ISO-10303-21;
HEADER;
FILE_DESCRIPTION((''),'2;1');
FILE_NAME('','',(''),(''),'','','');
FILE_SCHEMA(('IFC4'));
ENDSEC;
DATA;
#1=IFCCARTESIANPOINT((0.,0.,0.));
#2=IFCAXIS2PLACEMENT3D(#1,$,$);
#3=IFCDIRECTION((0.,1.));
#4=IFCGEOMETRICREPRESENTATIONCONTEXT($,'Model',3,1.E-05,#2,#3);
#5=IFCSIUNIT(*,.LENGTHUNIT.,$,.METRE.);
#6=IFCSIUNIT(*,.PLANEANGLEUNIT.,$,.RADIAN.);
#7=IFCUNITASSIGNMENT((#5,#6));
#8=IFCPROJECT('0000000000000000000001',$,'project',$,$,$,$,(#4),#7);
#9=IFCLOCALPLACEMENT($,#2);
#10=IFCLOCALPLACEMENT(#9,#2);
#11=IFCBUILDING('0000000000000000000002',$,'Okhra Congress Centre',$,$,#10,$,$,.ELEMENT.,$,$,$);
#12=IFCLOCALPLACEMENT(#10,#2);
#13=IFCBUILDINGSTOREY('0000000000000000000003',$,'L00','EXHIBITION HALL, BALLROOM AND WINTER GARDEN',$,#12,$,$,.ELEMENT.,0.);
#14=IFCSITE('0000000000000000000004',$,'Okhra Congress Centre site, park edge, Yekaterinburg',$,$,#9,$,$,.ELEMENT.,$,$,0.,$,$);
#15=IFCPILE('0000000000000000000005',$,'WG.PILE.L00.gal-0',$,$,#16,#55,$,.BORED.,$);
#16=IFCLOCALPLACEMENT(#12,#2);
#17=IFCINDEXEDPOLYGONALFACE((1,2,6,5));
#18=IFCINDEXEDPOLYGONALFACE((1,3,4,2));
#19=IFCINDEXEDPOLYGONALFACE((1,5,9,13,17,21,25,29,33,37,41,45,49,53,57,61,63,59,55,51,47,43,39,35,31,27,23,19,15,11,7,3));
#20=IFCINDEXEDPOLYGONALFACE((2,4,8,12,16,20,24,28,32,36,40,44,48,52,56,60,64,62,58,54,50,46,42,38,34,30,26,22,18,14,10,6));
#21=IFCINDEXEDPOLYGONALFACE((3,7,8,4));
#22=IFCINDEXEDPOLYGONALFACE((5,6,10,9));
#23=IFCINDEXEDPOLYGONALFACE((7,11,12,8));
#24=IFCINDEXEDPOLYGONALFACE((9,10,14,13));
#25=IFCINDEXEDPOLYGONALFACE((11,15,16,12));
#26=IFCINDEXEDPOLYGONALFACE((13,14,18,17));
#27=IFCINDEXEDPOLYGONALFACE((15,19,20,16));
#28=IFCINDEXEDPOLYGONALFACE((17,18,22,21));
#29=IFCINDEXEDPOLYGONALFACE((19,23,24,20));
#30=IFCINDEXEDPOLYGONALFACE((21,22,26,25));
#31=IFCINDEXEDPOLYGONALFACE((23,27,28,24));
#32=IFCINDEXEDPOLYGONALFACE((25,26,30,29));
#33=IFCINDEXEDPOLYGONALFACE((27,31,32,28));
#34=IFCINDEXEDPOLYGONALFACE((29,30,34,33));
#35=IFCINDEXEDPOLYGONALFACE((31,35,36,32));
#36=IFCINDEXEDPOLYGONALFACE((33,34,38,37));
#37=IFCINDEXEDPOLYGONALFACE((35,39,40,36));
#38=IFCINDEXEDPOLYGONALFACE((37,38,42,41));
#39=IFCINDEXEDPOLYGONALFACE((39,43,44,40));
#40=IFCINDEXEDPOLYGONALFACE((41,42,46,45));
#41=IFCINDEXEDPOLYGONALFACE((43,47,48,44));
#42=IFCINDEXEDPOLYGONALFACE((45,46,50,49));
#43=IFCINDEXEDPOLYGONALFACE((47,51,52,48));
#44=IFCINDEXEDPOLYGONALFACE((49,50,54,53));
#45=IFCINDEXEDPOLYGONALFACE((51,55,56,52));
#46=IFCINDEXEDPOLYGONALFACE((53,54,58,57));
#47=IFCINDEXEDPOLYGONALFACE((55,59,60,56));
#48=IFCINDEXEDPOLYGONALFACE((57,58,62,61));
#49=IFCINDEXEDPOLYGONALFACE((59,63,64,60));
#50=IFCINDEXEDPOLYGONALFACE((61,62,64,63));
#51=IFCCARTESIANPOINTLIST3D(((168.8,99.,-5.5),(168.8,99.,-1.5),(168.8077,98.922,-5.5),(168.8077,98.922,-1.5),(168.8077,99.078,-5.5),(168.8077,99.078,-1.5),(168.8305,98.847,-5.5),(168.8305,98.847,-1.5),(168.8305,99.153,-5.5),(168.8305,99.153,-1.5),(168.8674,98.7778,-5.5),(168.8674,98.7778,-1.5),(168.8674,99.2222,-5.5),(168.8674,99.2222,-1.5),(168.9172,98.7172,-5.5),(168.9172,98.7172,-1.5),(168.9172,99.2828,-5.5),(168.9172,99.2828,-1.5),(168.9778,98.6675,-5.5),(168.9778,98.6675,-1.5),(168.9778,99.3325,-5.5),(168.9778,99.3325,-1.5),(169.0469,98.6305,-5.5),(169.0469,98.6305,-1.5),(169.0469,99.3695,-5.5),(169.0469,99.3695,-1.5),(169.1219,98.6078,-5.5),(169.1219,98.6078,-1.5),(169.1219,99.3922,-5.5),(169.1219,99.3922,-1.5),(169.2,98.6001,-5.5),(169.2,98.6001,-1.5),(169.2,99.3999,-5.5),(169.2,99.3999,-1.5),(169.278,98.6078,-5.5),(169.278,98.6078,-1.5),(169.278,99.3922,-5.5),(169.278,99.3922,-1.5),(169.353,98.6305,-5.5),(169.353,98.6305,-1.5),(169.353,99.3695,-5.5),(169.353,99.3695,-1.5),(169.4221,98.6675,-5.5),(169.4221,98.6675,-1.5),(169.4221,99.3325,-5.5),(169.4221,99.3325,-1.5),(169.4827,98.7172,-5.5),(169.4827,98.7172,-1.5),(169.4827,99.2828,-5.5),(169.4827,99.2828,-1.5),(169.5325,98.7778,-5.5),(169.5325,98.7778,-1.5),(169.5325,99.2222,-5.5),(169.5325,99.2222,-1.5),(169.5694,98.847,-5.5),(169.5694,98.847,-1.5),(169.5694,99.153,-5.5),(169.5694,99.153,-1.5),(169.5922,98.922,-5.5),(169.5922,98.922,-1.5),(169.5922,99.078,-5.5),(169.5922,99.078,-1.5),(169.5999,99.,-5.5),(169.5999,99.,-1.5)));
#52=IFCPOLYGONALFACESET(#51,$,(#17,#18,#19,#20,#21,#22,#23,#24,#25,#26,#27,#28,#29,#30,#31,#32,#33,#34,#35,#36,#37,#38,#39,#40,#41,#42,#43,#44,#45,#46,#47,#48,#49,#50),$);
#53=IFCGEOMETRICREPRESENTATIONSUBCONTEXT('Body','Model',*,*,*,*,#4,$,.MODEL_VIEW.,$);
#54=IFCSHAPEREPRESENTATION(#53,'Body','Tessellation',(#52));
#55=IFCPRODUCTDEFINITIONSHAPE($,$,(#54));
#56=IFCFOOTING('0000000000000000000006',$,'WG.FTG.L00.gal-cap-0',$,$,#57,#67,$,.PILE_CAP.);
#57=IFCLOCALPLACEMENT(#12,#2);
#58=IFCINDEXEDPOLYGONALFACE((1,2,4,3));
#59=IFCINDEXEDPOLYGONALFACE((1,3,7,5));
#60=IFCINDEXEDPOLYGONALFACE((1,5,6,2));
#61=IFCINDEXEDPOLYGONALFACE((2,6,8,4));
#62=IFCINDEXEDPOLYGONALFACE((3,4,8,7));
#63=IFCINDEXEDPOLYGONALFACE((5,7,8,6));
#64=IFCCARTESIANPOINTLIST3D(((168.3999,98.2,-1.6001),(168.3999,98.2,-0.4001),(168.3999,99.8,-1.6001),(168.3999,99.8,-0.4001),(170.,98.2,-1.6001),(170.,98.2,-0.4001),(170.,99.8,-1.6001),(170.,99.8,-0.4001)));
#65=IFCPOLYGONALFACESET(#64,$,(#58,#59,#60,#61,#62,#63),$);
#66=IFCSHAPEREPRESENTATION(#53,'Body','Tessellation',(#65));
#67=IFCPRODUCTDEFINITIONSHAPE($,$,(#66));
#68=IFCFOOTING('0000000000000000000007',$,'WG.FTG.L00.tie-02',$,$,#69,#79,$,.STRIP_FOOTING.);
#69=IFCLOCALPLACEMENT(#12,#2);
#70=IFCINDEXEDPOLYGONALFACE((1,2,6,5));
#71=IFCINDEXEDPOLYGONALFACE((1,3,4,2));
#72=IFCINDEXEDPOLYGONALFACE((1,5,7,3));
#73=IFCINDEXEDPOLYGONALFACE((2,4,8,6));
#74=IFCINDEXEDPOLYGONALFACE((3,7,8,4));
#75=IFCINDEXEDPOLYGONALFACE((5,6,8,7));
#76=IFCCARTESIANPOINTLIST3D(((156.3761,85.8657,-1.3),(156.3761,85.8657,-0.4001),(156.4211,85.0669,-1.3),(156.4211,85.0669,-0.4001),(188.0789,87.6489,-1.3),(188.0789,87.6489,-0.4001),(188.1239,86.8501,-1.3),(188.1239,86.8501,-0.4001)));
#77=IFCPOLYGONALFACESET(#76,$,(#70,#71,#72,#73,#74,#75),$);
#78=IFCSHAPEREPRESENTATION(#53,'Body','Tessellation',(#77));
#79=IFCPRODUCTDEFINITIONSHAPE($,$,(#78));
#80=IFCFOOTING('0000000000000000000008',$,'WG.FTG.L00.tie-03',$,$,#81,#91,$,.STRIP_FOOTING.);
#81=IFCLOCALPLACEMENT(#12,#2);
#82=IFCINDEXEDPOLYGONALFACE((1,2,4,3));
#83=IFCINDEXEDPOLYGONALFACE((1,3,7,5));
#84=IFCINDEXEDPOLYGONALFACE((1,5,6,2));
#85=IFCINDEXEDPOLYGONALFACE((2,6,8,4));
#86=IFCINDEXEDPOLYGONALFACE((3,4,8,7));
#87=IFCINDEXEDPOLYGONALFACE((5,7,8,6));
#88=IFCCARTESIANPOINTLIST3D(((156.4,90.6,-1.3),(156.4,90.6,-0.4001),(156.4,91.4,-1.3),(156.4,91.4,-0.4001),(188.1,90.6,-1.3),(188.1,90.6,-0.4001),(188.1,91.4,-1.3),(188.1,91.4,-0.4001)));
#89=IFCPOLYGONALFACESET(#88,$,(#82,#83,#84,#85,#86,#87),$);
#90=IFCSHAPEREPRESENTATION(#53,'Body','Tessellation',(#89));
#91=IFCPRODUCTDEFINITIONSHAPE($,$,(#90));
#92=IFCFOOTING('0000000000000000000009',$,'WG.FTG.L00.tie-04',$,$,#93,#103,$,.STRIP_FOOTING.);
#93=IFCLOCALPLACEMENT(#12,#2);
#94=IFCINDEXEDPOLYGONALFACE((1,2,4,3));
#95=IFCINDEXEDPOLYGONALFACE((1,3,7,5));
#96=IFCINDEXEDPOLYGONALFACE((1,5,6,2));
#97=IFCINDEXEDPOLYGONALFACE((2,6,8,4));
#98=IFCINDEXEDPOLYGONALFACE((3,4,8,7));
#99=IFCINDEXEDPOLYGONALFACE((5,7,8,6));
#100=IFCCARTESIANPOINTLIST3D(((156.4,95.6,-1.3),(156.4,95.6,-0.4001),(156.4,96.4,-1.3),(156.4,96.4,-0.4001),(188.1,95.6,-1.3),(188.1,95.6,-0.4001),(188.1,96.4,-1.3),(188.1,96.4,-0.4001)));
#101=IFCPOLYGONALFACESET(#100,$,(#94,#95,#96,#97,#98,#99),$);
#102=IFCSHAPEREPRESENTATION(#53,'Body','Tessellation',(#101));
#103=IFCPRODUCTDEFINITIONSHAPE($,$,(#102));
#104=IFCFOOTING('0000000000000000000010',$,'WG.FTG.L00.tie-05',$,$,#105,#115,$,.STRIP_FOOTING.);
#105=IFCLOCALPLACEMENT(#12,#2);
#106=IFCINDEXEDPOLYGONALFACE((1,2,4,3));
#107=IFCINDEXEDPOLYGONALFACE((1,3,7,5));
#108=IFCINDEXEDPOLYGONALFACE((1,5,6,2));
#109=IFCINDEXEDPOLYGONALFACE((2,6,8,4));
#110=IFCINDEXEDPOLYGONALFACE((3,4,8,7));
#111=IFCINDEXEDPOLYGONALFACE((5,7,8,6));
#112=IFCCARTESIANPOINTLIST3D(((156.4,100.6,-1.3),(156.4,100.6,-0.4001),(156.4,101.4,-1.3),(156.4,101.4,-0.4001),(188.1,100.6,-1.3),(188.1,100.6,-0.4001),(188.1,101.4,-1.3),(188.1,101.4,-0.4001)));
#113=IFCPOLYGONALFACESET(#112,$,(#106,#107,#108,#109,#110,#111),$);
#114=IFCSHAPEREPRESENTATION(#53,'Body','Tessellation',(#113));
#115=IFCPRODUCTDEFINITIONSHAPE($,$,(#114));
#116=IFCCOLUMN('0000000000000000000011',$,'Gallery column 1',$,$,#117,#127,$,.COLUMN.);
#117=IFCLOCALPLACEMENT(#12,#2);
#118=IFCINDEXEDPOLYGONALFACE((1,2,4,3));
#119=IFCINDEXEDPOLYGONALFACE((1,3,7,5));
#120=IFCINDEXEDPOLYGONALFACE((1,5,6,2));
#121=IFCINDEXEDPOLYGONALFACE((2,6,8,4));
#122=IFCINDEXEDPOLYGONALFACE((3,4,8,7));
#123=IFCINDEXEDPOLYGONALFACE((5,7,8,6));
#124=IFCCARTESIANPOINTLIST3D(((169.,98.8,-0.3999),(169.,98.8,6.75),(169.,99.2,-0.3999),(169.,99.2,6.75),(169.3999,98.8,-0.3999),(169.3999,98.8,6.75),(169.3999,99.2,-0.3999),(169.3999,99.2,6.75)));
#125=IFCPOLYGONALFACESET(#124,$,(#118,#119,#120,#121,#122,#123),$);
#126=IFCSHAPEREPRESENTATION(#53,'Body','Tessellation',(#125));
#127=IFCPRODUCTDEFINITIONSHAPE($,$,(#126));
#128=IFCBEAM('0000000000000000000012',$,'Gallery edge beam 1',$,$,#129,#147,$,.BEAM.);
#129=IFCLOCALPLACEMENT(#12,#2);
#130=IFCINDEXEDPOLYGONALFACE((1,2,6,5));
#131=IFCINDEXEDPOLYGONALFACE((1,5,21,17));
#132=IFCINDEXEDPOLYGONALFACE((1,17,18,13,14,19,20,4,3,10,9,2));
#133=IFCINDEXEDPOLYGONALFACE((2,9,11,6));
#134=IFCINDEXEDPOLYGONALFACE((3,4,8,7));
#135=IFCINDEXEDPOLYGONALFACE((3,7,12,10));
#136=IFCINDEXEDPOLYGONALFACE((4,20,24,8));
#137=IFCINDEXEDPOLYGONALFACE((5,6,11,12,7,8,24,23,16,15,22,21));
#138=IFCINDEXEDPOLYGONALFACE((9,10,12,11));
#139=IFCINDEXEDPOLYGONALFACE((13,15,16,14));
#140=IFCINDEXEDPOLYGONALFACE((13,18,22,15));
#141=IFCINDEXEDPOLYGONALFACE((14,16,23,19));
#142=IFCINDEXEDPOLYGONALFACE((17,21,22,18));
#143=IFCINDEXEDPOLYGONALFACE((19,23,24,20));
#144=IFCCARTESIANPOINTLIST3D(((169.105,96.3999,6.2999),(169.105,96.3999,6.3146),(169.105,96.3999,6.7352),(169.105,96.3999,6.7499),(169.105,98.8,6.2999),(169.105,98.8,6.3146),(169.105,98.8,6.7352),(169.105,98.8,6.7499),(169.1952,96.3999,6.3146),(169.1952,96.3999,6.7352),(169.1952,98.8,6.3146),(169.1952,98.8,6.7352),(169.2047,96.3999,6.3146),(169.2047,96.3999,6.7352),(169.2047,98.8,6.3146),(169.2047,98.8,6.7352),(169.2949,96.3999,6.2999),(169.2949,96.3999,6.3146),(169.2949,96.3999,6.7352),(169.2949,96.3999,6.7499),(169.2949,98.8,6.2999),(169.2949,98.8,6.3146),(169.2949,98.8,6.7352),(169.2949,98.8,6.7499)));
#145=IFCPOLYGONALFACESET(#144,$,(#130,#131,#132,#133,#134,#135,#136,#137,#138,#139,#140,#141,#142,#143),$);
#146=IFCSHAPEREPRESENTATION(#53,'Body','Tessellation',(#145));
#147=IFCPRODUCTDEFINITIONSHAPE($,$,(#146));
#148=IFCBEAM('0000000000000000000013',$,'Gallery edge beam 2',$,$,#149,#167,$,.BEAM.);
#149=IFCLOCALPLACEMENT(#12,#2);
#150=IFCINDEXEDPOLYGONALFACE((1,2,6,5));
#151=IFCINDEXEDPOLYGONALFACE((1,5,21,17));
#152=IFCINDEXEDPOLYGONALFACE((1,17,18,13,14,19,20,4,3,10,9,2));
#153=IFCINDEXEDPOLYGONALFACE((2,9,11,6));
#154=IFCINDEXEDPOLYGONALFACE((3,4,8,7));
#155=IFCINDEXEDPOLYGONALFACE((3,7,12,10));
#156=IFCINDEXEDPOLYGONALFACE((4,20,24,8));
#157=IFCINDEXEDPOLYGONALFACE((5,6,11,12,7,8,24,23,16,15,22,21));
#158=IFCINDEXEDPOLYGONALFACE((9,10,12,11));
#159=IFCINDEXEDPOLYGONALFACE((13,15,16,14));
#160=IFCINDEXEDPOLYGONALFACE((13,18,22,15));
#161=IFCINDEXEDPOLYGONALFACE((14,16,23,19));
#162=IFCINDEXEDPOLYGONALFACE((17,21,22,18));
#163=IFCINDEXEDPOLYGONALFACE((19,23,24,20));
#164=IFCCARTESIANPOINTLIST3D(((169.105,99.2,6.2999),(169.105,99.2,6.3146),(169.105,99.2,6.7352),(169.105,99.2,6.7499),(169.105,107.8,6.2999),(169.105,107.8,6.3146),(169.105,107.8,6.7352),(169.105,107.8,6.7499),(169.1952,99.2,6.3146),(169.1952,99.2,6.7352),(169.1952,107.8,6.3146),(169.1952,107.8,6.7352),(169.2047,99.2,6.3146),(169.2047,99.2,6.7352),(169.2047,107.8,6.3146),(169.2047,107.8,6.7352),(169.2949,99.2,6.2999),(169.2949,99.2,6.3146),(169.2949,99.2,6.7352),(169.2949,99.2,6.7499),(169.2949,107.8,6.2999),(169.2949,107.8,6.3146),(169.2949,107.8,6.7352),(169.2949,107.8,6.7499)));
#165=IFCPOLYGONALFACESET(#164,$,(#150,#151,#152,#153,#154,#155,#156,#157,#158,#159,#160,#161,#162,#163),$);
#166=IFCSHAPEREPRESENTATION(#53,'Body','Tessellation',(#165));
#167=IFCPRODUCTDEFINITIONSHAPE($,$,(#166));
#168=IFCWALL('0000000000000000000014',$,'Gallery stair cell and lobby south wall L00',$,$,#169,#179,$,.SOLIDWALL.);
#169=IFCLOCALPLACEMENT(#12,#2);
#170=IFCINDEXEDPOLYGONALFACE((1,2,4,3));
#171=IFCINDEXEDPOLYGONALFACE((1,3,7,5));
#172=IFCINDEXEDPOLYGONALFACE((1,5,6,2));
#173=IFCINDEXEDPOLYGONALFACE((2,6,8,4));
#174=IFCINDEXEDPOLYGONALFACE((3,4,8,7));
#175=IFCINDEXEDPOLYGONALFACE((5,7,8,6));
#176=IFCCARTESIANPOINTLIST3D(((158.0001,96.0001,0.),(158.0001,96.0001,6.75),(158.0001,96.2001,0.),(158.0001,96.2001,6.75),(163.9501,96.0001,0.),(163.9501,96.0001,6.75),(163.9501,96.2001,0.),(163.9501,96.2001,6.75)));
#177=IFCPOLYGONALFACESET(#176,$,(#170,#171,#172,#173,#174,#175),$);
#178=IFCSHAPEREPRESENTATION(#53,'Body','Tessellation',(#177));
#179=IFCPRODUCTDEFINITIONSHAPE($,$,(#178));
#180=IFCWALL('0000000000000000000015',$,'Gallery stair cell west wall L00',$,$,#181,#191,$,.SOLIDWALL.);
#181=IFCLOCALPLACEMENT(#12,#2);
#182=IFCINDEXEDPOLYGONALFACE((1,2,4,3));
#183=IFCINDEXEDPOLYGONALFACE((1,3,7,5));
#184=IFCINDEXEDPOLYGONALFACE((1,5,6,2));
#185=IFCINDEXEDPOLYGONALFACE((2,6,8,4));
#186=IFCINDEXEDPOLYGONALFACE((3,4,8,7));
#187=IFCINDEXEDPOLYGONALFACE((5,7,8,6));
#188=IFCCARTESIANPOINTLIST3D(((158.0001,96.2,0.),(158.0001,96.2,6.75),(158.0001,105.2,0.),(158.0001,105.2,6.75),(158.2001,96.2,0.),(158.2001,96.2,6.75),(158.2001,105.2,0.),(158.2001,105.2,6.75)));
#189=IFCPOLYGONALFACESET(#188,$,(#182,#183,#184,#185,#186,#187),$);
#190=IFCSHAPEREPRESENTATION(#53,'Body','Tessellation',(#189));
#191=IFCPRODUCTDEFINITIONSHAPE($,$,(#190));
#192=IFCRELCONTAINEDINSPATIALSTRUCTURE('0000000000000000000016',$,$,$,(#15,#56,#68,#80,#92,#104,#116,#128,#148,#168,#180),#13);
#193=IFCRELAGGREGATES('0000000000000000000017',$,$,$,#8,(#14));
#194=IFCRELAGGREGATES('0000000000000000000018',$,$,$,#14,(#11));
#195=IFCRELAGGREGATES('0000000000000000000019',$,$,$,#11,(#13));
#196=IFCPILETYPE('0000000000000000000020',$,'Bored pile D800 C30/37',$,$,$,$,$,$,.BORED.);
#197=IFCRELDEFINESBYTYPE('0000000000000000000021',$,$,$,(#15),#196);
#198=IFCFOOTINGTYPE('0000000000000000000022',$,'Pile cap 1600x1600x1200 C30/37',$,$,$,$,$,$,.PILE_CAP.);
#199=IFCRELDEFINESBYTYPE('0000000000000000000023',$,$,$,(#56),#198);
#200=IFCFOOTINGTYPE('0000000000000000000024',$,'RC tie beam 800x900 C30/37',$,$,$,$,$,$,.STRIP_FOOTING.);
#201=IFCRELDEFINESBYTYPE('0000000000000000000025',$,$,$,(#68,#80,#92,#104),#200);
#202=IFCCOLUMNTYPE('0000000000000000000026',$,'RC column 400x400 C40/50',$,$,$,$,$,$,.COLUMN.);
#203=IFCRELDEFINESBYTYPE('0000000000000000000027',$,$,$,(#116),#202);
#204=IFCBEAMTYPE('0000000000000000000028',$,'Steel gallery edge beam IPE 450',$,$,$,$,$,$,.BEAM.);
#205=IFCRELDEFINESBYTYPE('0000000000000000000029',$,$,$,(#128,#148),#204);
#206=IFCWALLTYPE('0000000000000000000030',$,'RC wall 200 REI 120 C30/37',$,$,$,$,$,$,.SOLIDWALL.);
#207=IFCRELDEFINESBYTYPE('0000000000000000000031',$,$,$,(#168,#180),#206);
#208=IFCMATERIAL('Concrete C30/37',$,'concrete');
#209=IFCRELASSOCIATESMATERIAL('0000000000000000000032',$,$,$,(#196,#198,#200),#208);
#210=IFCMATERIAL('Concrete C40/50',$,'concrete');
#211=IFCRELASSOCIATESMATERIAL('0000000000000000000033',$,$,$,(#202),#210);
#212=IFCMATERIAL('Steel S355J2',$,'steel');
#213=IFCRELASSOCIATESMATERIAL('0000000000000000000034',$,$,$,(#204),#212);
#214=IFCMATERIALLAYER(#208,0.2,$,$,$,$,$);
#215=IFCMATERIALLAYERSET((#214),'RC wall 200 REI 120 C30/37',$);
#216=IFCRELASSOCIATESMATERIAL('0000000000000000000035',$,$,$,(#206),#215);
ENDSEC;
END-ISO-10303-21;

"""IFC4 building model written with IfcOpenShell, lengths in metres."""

from ifc_helpers import new_model, si_unit, direction, frame, frame_2d, origin, origin_2d, place, context, subcontext, project, spatial, rectangle, circle, i_section, extrude, material, layer, layer_set, material_profile, profile_set, type_object, element, save


model = new_model("IFC4")

# Units and contexts
model_context = context("Model", 3, precision=1e-05, world=origin(), true_north=direction((0.0, 1.0)))
body_context = subcontext(model_context, "Body", "Model", "MODEL_VIEW")
ifc_project = project(units=[si_unit("LENGTHUNIT", "METRE"), si_unit("PLANEANGLEUNIT", "RADIAN")], contexts=[model_context])

# Site, building, storey
site_placement = place(None, origin())
site = spatial("IfcSite", under=ifc_project, at=site_placement, Name="Okhra Congress Centre site, park edge, Yekaterinburg", CompositionType="ELEMENT", RefElevation=0.0)
building_placement = place(site_placement, origin())
building = spatial("IfcBuilding", under=site, at=building_placement, Name="Okhra Congress Centre", CompositionType="ELEMENT")
storey_placement = place(building_placement, origin())
storey = spatial("IfcBuildingStorey", under=building, at=storey_placement, Name="L00", Description="EXHIBITION HALL, BALLROOM AND WINTER GARDEN", CompositionType="ELEMENT", Elevation=0.0)

# Pile
ifc_material_1 = material(Name="Concrete C30/37", Category="concrete")
ifc_material_profile_1 = material_profile(ifc_material_1, circle(Radius=0.3999, at=origin_2d()), Name="D800")
ifc_profile_set_1 = profile_set([ifc_material_profile_1], Name="Concrete C30/37")
pile_type = type_object("IfcPileType", Name="Bored pile D800 C30/37", PredefinedType="BORED", material=ifc_profile_set_1)
pile_placement = place(storey_placement, frame((169.2, 99.0, -1.5), z_axis=(0.0, 0.0, -1.0), x_axis=(1.0, 0.0, 0.0)))
element("IfcPile", 1, at=pile_placement, inside=storey, type_object=pile_type, Name="WG.PILE.L00.gal-0", PredefinedType="BORED", context=body_context, shape_type="SweptSolid", body=[
    extrude(circle(Radius=0.3999, at=origin_2d()), origin(), (0.0, 0.0, 1.0), 4.0),
])

# Footings
footing_type_1 = type_object("IfcFootingType", Name="Pile cap 1600x1600x1200 C30/37", PredefinedType="PILE_CAP", material=ifc_material_1)
footing_1_placement = place(storey_placement, frame((169.2, 99.0, -1.6001), z_axis=(0.0, 0.0, 1.0), x_axis=(1.0, 0.0, 0.0)))
element("IfcFooting", 2, at=footing_1_placement, inside=storey, type_object=footing_type_1, Name="WG.FTG.L00.gal-cap-0", PredefinedType="PILE_CAP", context=body_context, shape_type="SweptSolid", body=[
    extrude(rectangle(XDim=1.6001, YDim=1.6001, at=origin_2d()), origin(), (0.0, 0.0, 1.0), 1.2),
])
footing_type_2 = type_object("IfcFootingType", Name="RC tie beam 800x900 C30/37", PredefinedType="STRIP_FOOTING", material=ifc_material_1)
footing_2_placement = place(storey_placement, frame((172.25, 86.3579, -1.3), z_axis=(0.0, 0.0, 1.0), x_axis=(0.998422, 0.056159, 0.0)))
element("IfcFooting", 3, at=footing_2_placement, inside=storey, type_object=footing_type_2, Name="WG.FTG.L00.tie-02", PredefinedType="STRIP_FOOTING", context=body_context, shape_type="SweptSolid", body=[
    extrude(rectangle(XDim=31.7529, YDim=0.8, at=origin_2d()), origin(), (0.0, 0.0, 1.0), 0.8999),
])
for number, where, z_axis, x_axis, name in (
    (4, (172.25, 91.0, -1.3), (0.0, 0.0, 1.0), (1.0, 0.0, 0.0), "WG.FTG.L00.tie-03"),
    (5, (172.25, 96.0, -1.3), (0.0, 0.0, 1.0), (1.0, 0.0, 0.0), "WG.FTG.L00.tie-04"),
    (6, (172.25, 101.0, -1.3), (0.0, 0.0, 1.0), (1.0, 0.0, 0.0), "WG.FTG.L00.tie-05"),
):
    element("IfcFooting", number, at=place(storey_placement, frame(where, z_axis=z_axis, x_axis=x_axis)), inside=storey, type_object=footing_type_2, Name=name, PredefinedType="STRIP_FOOTING", context=body_context, shape_type="SweptSolid", body=[
        extrude(rectangle(XDim=31.7, YDim=0.8, at=origin_2d()), origin(), (0.0, 0.0, 1.0), 0.8999),
    ])

# Column
ifc_material_2 = material(Name="Concrete C40/50", Category="concrete")
ifc_material_profile_2 = material_profile(ifc_material_2, rectangle(XDim=0.3999, YDim=0.3999, at=origin_2d()), Name="RC 400x400")
ifc_profile_set_2 = profile_set([ifc_material_profile_2], Name="Concrete C40/50")
column_type = type_object("IfcColumnType", Name="RC column 400x400 C40/50", PredefinedType="COLUMN", material=ifc_profile_set_2)
column_placement = place(storey_placement, frame((169.2, 99.0, -0.3999), z_axis=(0.0, 0.0, 1.0), x_axis=(1.0, 0.0, 0.0)))
element("IfcColumn", 7, at=column_placement, inside=storey, type_object=column_type, Name="Gallery column 1", PredefinedType="COLUMN", context=body_context, shape_type="SweptSolid", body=[
    extrude(rectangle(XDim=0.3999, YDim=0.3999, at=origin_2d()), origin(), (0.0, 0.0, 1.0), 7.1499),
])

# Beams
ifc_material_3 = material(Name="Steel S355J2", Category="steel")
ifc_material_profile_3 = material_profile(ifc_material_3, i_section(OverallWidth=0.1899, OverallDepth=0.45, WebThickness=0.0095, FlangeThickness=0.0146, at=origin_2d()), Name="IPE 450")
ifc_profile_set_3 = profile_set([ifc_material_profile_3], Name="Steel S355J2")
beam_type = type_object("IfcBeamType", Name="Steel gallery edge beam IPE 450", PredefinedType="BEAM", material=ifc_profile_set_3)
beam_1_placement = place(storey_placement, frame((169.2, 96.3999, 6.5249), z_axis=(0.0, 1.0, 0.0), x_axis=(-1.0, 0.0, 0.0)))
element("IfcBeam", 8, at=beam_1_placement, inside=storey, type_object=beam_type, Name="Gallery edge beam 1", PredefinedType="BEAM", context=body_context, shape_type="SweptSolid", body=[
    extrude(i_section(OverallWidth=0.1899, OverallDepth=0.45, WebThickness=0.0095, FlangeThickness=0.0146, at=origin_2d()), origin(), (0.0, 0.0, 1.0), 2.4001),
])
beam_2_placement = place(storey_placement, frame((169.2, 99.2, 6.5249), z_axis=(0.0, 1.0, 0.0), x_axis=(-1.0, 0.0, 0.0)))
element("IfcBeam", 9, at=beam_2_placement, inside=storey, type_object=beam_type, Name="Gallery edge beam 2", PredefinedType="BEAM", context=body_context, shape_type="SweptSolid", body=[
    extrude(i_section(OverallWidth=0.1899, OverallDepth=0.45, WebThickness=0.0095, FlangeThickness=0.0146, at=origin_2d()), origin(), (0.0, 0.0, 1.0), 8.6001),
])

# Walls
ifc_layer = layer(ifc_material_1, 0.2)
ifc_layer_set = layer_set([ifc_layer], Name="RC wall 200 REI 120 C30/37")
wall_type = type_object("IfcWallType", Name="RC wall 200 REI 120 C30/37", PredefinedType="SOLIDWALL", material=ifc_layer_set)
wall_1_placement = place(storey_placement, frame((158.0, 96.1001, 0.0), z_axis=(0.0, 0.0, 1.0), x_axis=(1.0, 0.0, 0.0)))
element("IfcWall", 10, at=wall_1_placement, inside=storey, type_object=wall_type, Name="Gallery stair cell and lobby south wall L00", PredefinedType="SOLIDWALL", context=body_context, shape_type="SweptSolid", body=[
    extrude(rectangle(XDim=5.95, YDim=0.2, at=frame_2d((2.9751, 0.0))), origin(), (0.0, 0.0, 1.0), 6.75),
])
wall_2_placement = place(storey_placement, frame((158.1001, 96.2, 0.0), z_axis=(0.0, 0.0, 1.0), x_axis=(0.0, 1.0, 0.0)))
element("IfcWall", 11, at=wall_2_placement, inside=storey, type_object=wall_type, Name="Gallery stair cell west wall L00", PredefinedType="SOLIDWALL", context=body_context, shape_type="SweptSolid", body=[
    extrude(rectangle(XDim=9.0, YDim=0.2, at=frame_2d((4.5, 0.0))), origin(), (0.0, 0.0, 1.0), 6.75),
])

save(model, "model.ifc")
